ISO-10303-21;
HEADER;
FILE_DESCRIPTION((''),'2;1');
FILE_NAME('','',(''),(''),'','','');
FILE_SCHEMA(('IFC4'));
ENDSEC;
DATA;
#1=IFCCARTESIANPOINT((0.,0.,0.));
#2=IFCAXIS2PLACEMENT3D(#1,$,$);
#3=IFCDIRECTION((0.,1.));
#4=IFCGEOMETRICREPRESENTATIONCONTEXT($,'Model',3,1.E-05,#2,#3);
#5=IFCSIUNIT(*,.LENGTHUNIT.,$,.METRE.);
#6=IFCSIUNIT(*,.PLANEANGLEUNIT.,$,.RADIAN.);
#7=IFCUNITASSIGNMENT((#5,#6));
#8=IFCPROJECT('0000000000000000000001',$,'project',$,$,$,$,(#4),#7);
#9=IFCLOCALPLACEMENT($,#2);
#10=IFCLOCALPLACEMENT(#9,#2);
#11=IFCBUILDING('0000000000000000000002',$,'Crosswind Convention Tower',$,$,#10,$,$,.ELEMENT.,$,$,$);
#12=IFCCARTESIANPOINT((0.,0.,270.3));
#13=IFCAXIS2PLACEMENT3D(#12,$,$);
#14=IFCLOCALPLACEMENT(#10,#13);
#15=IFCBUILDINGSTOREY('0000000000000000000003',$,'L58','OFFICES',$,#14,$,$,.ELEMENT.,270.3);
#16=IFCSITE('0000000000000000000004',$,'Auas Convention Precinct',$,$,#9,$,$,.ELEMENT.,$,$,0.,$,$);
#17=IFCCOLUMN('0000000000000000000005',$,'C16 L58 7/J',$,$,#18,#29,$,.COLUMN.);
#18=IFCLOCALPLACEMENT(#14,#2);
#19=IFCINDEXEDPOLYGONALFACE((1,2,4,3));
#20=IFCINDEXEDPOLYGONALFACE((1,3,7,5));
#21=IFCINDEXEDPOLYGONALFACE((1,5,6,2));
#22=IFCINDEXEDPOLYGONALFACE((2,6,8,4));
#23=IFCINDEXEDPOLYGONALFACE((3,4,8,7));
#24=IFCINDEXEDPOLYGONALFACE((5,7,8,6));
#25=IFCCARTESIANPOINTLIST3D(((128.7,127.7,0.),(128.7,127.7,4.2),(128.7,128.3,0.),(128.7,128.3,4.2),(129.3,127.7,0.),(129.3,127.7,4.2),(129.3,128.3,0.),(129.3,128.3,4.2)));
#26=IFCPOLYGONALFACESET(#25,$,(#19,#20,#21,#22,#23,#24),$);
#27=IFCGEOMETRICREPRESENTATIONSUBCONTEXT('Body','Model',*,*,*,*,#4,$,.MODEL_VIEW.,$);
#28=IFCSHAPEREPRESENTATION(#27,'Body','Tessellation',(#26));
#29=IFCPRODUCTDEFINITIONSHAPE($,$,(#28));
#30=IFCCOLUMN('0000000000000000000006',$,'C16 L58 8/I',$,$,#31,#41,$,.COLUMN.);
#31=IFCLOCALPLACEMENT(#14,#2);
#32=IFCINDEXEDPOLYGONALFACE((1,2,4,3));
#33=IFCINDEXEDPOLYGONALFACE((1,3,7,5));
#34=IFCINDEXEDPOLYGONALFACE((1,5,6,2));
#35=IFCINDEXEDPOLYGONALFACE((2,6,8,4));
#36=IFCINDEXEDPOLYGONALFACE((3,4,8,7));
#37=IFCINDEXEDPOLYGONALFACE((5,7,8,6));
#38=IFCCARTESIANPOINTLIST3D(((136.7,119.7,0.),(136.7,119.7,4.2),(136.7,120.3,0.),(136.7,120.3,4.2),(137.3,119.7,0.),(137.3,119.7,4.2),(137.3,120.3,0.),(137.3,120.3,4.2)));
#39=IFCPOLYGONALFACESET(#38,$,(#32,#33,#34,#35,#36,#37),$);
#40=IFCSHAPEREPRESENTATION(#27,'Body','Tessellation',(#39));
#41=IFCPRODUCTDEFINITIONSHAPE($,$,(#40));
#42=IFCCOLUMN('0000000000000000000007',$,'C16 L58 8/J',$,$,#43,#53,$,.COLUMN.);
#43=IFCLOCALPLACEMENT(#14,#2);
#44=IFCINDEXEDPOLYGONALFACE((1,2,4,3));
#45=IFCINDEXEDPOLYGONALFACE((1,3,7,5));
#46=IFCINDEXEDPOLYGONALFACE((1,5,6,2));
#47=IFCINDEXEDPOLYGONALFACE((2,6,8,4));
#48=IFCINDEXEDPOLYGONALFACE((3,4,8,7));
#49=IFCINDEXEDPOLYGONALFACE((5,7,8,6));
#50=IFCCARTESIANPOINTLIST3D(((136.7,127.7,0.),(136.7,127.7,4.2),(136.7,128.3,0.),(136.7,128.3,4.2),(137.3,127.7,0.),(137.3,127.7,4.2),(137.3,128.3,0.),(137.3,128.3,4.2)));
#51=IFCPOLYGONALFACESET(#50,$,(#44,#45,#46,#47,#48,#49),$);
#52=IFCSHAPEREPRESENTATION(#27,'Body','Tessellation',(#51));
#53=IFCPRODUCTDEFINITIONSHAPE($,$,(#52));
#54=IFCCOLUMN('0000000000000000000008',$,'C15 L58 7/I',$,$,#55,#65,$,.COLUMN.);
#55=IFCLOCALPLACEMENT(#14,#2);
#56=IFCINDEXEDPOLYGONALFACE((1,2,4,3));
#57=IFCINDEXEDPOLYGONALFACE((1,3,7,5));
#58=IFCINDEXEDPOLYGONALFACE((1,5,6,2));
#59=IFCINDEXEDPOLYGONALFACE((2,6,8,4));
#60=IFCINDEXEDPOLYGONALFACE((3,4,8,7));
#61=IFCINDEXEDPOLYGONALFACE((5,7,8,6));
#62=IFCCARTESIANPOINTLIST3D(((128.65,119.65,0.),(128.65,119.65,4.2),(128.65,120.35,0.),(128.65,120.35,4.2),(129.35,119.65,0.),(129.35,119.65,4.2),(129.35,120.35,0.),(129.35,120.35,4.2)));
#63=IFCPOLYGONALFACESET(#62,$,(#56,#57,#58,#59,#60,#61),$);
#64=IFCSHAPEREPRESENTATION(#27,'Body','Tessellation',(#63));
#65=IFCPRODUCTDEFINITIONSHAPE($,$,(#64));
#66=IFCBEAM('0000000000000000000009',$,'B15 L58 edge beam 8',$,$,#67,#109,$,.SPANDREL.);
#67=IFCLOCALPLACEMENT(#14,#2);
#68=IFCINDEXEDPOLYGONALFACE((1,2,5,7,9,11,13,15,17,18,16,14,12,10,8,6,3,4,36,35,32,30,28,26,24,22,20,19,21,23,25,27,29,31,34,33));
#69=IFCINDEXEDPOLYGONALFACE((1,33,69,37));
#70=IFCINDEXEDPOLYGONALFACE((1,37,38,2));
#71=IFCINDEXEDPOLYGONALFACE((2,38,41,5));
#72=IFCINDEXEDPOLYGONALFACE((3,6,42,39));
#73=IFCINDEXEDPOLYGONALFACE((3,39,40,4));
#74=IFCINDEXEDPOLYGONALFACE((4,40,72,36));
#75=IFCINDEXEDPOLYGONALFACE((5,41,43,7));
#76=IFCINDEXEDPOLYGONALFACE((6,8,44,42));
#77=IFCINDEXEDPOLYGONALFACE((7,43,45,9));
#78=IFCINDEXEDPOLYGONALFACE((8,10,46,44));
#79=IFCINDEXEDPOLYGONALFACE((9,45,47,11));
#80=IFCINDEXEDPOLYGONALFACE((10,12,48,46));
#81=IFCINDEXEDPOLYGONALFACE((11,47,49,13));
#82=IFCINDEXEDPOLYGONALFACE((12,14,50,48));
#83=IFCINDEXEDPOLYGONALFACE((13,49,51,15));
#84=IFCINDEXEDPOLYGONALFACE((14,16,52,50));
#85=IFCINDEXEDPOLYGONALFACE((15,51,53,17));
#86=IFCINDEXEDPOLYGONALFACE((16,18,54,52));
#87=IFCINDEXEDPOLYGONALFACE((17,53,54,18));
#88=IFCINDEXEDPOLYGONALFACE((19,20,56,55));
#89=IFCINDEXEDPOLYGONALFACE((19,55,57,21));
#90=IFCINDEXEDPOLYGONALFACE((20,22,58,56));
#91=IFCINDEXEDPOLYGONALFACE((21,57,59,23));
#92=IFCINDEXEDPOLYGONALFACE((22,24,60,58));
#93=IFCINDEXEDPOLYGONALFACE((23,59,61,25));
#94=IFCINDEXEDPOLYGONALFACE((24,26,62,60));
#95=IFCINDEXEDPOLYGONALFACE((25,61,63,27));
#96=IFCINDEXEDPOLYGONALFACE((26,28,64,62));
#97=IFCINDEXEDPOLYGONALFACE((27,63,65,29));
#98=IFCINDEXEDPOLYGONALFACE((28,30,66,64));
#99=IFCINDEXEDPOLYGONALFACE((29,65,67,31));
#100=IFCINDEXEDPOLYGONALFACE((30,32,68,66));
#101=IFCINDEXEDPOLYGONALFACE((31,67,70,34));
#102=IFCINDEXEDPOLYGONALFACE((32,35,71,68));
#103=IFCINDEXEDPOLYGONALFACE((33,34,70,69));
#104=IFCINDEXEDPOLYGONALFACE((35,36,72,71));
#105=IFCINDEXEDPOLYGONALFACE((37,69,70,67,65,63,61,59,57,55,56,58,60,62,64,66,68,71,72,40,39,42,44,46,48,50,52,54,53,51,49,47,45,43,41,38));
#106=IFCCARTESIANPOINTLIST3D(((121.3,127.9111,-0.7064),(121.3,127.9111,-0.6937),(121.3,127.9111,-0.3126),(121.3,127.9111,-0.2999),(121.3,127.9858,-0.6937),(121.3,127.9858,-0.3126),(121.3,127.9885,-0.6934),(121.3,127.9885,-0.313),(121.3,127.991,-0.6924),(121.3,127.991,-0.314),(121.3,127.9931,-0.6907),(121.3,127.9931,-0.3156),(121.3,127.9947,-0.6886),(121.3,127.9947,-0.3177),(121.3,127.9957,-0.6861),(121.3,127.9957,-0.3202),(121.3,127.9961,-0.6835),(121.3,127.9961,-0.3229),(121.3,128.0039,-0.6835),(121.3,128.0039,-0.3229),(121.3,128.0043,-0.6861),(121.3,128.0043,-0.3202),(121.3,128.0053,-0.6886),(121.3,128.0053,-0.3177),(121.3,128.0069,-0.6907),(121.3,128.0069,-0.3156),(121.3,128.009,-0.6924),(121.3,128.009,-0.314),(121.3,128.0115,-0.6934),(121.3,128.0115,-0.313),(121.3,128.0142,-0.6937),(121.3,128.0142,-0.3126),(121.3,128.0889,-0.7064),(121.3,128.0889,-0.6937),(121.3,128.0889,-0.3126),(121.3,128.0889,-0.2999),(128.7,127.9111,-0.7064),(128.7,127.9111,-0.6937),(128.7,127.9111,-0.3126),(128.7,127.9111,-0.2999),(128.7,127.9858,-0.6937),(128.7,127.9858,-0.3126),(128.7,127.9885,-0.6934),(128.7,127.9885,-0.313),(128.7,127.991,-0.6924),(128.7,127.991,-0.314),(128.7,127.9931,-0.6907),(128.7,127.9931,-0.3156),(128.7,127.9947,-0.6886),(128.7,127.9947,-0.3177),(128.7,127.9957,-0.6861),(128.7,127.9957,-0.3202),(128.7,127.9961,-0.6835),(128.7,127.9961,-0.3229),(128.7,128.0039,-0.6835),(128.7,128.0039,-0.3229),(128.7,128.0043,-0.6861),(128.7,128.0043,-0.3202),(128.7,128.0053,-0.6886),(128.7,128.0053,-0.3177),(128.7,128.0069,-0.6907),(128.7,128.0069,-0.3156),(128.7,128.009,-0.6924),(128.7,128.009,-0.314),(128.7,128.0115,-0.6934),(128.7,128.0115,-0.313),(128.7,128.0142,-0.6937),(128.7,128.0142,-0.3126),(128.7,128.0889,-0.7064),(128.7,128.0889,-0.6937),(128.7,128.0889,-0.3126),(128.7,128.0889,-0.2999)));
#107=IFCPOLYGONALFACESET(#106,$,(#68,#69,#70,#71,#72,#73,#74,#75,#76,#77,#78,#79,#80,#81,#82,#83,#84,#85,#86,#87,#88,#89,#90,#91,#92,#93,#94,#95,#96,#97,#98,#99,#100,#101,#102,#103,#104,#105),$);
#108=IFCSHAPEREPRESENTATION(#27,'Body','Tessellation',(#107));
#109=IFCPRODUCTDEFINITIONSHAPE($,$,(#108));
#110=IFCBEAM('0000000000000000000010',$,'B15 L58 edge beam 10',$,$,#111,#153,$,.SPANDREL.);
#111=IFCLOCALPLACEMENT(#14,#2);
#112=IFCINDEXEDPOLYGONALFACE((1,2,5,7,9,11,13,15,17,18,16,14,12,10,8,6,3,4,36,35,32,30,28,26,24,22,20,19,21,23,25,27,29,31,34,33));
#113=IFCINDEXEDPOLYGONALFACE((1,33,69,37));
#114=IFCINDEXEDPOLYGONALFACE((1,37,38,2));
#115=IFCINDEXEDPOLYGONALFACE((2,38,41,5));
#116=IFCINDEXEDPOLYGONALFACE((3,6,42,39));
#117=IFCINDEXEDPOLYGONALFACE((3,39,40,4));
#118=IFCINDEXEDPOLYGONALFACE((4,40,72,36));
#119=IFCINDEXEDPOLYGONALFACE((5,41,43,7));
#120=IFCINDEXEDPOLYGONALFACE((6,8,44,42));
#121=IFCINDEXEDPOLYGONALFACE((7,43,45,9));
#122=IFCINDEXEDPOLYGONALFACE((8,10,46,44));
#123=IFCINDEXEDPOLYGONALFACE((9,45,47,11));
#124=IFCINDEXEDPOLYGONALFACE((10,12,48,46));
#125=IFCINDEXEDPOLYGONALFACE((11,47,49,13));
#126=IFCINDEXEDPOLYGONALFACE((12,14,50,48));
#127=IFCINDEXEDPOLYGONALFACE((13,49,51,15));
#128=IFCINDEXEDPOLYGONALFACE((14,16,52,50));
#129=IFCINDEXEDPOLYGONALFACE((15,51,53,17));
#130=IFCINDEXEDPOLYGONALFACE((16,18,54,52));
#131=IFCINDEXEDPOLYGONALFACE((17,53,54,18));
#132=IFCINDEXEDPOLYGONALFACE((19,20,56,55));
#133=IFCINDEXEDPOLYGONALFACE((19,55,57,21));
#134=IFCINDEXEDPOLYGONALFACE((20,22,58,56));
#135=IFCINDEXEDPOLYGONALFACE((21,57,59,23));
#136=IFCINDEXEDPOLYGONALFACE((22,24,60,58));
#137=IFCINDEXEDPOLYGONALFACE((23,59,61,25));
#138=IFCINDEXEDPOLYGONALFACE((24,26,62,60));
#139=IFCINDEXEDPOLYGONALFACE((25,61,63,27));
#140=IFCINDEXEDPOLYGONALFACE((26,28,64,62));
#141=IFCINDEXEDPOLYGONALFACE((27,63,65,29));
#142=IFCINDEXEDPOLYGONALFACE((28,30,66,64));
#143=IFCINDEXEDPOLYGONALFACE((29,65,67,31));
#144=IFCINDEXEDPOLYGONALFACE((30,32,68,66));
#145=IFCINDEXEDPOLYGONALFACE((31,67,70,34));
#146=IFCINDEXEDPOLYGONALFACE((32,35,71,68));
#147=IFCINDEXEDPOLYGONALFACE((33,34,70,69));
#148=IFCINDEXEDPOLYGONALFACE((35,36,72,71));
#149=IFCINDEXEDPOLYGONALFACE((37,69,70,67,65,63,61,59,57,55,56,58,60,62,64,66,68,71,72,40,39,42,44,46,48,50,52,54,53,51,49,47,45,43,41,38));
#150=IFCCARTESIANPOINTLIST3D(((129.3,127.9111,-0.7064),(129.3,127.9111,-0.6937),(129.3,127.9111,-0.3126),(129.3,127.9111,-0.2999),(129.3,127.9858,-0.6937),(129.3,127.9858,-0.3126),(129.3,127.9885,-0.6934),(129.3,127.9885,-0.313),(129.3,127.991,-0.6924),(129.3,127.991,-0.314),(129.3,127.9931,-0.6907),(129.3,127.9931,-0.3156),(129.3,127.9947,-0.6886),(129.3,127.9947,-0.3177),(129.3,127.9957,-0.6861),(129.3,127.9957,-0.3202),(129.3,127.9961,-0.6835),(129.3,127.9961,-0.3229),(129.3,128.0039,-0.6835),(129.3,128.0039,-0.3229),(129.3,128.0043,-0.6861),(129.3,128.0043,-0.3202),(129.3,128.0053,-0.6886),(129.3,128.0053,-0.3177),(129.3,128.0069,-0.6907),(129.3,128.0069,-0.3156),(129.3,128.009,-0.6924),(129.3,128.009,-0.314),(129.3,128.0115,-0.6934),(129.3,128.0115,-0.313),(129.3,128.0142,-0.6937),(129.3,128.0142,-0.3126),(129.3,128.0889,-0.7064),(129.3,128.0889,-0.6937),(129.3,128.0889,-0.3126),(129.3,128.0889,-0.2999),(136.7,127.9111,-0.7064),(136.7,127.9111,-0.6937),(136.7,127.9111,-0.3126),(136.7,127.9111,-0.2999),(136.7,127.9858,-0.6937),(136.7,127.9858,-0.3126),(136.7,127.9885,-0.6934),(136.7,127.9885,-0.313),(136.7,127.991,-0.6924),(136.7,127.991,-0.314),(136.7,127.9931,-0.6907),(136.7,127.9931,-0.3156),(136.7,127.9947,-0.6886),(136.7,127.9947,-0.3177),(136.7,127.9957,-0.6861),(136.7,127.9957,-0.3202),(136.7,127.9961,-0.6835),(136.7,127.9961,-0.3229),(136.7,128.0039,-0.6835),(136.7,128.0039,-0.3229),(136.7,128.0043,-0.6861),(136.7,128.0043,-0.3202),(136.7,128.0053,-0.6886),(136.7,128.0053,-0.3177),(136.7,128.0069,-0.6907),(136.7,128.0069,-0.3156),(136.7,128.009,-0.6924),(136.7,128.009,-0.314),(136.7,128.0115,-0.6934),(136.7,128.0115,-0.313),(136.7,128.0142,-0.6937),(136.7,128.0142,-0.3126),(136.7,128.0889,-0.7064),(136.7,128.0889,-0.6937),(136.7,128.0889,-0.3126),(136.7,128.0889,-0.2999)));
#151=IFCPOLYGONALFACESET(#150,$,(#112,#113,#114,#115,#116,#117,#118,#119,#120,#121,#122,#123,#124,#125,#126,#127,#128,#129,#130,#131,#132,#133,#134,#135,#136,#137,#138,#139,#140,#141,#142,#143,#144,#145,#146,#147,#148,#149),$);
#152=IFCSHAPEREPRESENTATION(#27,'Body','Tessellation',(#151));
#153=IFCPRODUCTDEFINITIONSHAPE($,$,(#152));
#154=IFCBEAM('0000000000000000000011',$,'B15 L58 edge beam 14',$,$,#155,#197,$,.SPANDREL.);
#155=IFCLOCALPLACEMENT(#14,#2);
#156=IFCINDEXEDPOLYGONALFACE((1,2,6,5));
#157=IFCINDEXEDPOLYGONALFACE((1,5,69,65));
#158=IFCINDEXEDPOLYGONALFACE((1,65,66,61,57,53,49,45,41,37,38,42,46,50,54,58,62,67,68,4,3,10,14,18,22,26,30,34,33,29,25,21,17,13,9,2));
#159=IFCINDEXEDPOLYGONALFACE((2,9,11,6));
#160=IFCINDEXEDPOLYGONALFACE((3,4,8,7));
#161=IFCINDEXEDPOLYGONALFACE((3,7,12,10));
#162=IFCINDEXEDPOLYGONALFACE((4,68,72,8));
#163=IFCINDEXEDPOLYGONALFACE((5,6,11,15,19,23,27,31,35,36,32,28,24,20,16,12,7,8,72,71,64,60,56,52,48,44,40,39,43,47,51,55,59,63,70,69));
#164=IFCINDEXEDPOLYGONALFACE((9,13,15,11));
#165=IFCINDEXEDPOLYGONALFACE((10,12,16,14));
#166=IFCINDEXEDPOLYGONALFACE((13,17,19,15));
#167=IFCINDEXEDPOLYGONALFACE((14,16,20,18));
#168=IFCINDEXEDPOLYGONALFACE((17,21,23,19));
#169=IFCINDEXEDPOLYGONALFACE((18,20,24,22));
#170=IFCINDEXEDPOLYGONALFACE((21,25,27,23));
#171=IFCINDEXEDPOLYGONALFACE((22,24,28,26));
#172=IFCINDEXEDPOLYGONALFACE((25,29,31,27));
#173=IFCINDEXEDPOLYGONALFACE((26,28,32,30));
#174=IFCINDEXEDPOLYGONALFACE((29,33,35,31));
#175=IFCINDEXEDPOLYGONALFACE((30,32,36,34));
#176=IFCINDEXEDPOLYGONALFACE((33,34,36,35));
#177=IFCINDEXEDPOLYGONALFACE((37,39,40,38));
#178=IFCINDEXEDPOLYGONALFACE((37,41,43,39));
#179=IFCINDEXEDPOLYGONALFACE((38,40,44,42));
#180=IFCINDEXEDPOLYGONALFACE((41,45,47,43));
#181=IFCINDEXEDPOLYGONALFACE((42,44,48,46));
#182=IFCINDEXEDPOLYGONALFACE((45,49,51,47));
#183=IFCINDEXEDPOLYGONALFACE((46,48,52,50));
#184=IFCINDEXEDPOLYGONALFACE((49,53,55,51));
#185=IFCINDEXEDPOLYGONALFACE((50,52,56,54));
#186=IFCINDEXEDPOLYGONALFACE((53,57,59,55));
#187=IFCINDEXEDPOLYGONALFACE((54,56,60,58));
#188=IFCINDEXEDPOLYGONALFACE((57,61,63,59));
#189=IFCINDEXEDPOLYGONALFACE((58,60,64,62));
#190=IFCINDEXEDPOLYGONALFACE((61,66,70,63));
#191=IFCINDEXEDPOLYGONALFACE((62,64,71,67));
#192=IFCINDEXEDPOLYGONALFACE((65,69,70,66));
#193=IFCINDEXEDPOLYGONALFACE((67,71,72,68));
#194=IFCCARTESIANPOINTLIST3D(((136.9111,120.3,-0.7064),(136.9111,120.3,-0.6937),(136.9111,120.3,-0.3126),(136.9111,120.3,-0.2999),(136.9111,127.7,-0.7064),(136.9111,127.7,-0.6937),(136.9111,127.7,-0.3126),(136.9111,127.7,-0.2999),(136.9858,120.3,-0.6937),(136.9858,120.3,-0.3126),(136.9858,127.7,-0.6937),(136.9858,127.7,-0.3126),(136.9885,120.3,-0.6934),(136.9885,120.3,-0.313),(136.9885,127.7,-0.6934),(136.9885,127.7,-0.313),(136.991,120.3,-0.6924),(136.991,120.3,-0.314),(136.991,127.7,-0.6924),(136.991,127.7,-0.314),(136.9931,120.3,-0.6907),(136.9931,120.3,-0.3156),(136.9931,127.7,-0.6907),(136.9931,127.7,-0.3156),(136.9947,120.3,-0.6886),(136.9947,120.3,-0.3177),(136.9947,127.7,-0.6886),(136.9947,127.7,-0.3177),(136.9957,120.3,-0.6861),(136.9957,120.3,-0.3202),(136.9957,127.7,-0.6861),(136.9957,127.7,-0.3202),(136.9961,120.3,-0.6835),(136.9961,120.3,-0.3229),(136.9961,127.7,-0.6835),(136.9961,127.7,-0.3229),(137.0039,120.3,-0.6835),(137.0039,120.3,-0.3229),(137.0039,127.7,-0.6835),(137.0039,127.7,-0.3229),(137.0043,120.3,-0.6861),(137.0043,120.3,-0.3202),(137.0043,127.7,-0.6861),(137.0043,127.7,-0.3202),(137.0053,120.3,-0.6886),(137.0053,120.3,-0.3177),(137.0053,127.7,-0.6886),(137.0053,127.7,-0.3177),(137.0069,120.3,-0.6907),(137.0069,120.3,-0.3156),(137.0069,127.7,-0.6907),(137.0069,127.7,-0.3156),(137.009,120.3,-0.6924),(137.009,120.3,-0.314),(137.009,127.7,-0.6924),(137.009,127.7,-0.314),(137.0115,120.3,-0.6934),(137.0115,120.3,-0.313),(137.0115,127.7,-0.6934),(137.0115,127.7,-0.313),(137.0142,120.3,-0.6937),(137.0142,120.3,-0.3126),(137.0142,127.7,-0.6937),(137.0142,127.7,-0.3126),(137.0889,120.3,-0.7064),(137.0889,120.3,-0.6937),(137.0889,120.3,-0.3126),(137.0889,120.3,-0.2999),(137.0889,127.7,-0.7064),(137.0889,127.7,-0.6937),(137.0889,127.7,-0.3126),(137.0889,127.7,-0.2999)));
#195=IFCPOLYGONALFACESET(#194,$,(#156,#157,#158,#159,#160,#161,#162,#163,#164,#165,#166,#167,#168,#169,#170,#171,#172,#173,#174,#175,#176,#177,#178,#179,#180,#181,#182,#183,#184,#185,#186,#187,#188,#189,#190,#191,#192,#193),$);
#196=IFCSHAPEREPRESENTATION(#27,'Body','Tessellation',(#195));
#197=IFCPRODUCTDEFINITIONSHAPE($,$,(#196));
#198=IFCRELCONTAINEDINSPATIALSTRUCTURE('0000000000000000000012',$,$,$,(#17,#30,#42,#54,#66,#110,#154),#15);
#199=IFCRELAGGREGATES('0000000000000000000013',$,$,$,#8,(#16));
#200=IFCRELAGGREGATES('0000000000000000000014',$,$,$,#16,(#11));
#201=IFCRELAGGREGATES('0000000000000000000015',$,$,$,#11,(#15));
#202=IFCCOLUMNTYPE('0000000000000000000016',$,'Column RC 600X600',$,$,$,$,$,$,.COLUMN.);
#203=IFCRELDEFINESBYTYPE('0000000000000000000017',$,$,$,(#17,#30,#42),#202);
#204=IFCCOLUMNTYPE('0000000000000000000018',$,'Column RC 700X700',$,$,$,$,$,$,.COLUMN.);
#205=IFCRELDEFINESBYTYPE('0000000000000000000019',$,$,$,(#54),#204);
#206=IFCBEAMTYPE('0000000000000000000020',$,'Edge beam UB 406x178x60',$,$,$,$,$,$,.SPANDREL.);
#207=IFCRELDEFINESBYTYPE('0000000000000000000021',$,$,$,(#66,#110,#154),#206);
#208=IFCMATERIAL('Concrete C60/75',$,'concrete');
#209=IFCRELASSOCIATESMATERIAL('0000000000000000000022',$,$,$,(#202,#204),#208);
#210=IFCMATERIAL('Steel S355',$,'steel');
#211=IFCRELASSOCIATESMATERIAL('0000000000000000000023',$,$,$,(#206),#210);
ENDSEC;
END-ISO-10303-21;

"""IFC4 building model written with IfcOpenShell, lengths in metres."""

from ifc_helpers import new_model, si_unit, direction, frame, origin, origin_2d, place, context, subcontext, project, spatial, rectangle, i_section, extrude, material, material_profile, profile_set, type_object, element, save


model = new_model("IFC4")

# Units and contexts
model_context = context("Model", 3, precision=1e-05, world=origin(), true_north=direction((0.0, 1.0)))
body_context = subcontext(model_context, "Body", "Model", "MODEL_VIEW")
ifc_project = project(units=[si_unit("LENGTHUNIT", "METRE"), si_unit("PLANEANGLEUNIT", "RADIAN")], contexts=[model_context])

# Site, building, storey
site_placement = place(None, origin())
site = spatial("IfcSite", under=ifc_project, at=site_placement, Name="Auas Convention Precinct", CompositionType="ELEMENT", RefElevation=0.0)
building_placement = place(site_placement, origin())
building = spatial("IfcBuilding", under=site, at=building_placement, Name="Crosswind Convention Tower", CompositionType="ELEMENT")
storey_placement = place(building_placement, frame((0.0, 0.0, 270.3)))
storey = spatial("IfcBuildingStorey", under=building, at=storey_placement, Name="L58", Description="OFFICES", CompositionType="ELEMENT", Elevation=270.3)

# Columns
ifc_material_1 = material(Name="Concrete C60/75", Category="concrete")
ifc_material_profile_1 = material_profile(ifc_material_1, rectangle(XDim=0.6001, YDim=0.6001, at=origin_2d()), Name="RC 600X600")
ifc_profile_set_1 = profile_set([ifc_material_profile_1], Name="Concrete C60/75")
column_type_1 = type_object("IfcColumnType", Name="Column RC 600X600", PredefinedType="COLUMN", material=ifc_profile_set_1)
for number, where, z_axis, x_axis, name in (
    (1, (129.0, 128.0, 0.0), (0.0, 0.0, 1.0), (1.0, 0.0, 0.0), "C16 L58 7/J"),
    (2, (137.0, 120.0, 0.0), (0.0, 0.0, 1.0), (1.0, 0.0, 0.0), "C16 L58 8/I"),
    (3, (137.0, 128.0, 0.0), (0.0, 0.0, 1.0), (1.0, 0.0, 0.0), "C16 L58 8/J"),
):
    element("IfcColumn", number, at=place(storey_placement, frame(where, z_axis=z_axis, x_axis=x_axis)), inside=storey, type_object=column_type_1, Name=name, PredefinedType="COLUMN", context=body_context, shape_type="SweptSolid", body=[
        extrude(rectangle(XDim=0.6001, YDim=0.6001, at=origin_2d()), origin(), (0.0, 0.0, 1.0), 4.2),
    ])
ifc_material_profile_2 = material_profile(ifc_material_1, rectangle(XDim=0.7, YDim=0.7, at=origin_2d()), Name="RC 700X700")
ifc_profile_set_2 = profile_set([ifc_material_profile_2], Name="Concrete C60/75")
column_type_2 = type_object("IfcColumnType", Name="Column RC 700X700", PredefinedType="COLUMN", material=ifc_profile_set_2)
column_placement = place(storey_placement, frame((129.0, 120.0, 0.0), z_axis=(0.0, 0.0, 1.0), x_axis=(1.0, 0.0, 0.0)))
element("IfcColumn", 4, at=column_placement, inside=storey, type_object=column_type_2, Name="C15 L58 7/I", PredefinedType="COLUMN", context=body_context, shape_type="SweptSolid", body=[
    extrude(rectangle(XDim=0.7, YDim=0.7, at=origin_2d()), origin(), (0.0, 0.0, 1.0), 4.2),
])

# Beams
ifc_material_2 = material(Name="Steel S355", Category="steel")
ifc_material_profile_3 = material_profile(ifc_material_2, i_section(OverallWidth=0.1777, OverallDepth=0.4065, WebThickness=0.0078, FlangeThickness=0.0127, FilletRadius=0.0103, at=origin_2d()), Name="UB 406x178x60")
ifc_profile_set_3 = profile_set([ifc_material_profile_3], Name="Steel S355")
beam_type_1 = type_object("IfcBeamType", Name="Edge beam UB 406x178x60", PredefinedType="SPANDREL", material=ifc_profile_set_3)
for number, where, z_axis, x_axis, name in (
    (5, (121.3, 128.0, -0.5032), (1.0, 0.0, 0.0), (0.0, 1.0, 0.0), "B15 L58 edge beam 8"),
    (6, (129.3, 128.0, -0.5032), (1.0, 0.0, 0.0), (0.0, 1.0, 0.0), "B15 L58 edge beam 10"),
    (7, (137.0, 120.3, -0.5032), (0.0, 1.0, 0.0), (-1.0, 0.0, 0.0), "B15 L58 edge beam 14"),
):
    element("IfcBeam", number, at=place(storey_placement, frame(where, z_axis=z_axis, x_axis=x_axis)), inside=storey, type_object=beam_type_1, Name=name, PredefinedType="SPANDREL", context=body_context, shape_type="SweptSolid", body=[
        extrude(i_section(OverallWidth=0.1777, OverallDepth=0.4065, WebThickness=0.0078, FlangeThickness=0.0127, FilletRadius=0.0103, at=origin_2d()), origin(), (0.0, 0.0, 1.0), 7.3999),
    ])

save(model, "model.ifc")
